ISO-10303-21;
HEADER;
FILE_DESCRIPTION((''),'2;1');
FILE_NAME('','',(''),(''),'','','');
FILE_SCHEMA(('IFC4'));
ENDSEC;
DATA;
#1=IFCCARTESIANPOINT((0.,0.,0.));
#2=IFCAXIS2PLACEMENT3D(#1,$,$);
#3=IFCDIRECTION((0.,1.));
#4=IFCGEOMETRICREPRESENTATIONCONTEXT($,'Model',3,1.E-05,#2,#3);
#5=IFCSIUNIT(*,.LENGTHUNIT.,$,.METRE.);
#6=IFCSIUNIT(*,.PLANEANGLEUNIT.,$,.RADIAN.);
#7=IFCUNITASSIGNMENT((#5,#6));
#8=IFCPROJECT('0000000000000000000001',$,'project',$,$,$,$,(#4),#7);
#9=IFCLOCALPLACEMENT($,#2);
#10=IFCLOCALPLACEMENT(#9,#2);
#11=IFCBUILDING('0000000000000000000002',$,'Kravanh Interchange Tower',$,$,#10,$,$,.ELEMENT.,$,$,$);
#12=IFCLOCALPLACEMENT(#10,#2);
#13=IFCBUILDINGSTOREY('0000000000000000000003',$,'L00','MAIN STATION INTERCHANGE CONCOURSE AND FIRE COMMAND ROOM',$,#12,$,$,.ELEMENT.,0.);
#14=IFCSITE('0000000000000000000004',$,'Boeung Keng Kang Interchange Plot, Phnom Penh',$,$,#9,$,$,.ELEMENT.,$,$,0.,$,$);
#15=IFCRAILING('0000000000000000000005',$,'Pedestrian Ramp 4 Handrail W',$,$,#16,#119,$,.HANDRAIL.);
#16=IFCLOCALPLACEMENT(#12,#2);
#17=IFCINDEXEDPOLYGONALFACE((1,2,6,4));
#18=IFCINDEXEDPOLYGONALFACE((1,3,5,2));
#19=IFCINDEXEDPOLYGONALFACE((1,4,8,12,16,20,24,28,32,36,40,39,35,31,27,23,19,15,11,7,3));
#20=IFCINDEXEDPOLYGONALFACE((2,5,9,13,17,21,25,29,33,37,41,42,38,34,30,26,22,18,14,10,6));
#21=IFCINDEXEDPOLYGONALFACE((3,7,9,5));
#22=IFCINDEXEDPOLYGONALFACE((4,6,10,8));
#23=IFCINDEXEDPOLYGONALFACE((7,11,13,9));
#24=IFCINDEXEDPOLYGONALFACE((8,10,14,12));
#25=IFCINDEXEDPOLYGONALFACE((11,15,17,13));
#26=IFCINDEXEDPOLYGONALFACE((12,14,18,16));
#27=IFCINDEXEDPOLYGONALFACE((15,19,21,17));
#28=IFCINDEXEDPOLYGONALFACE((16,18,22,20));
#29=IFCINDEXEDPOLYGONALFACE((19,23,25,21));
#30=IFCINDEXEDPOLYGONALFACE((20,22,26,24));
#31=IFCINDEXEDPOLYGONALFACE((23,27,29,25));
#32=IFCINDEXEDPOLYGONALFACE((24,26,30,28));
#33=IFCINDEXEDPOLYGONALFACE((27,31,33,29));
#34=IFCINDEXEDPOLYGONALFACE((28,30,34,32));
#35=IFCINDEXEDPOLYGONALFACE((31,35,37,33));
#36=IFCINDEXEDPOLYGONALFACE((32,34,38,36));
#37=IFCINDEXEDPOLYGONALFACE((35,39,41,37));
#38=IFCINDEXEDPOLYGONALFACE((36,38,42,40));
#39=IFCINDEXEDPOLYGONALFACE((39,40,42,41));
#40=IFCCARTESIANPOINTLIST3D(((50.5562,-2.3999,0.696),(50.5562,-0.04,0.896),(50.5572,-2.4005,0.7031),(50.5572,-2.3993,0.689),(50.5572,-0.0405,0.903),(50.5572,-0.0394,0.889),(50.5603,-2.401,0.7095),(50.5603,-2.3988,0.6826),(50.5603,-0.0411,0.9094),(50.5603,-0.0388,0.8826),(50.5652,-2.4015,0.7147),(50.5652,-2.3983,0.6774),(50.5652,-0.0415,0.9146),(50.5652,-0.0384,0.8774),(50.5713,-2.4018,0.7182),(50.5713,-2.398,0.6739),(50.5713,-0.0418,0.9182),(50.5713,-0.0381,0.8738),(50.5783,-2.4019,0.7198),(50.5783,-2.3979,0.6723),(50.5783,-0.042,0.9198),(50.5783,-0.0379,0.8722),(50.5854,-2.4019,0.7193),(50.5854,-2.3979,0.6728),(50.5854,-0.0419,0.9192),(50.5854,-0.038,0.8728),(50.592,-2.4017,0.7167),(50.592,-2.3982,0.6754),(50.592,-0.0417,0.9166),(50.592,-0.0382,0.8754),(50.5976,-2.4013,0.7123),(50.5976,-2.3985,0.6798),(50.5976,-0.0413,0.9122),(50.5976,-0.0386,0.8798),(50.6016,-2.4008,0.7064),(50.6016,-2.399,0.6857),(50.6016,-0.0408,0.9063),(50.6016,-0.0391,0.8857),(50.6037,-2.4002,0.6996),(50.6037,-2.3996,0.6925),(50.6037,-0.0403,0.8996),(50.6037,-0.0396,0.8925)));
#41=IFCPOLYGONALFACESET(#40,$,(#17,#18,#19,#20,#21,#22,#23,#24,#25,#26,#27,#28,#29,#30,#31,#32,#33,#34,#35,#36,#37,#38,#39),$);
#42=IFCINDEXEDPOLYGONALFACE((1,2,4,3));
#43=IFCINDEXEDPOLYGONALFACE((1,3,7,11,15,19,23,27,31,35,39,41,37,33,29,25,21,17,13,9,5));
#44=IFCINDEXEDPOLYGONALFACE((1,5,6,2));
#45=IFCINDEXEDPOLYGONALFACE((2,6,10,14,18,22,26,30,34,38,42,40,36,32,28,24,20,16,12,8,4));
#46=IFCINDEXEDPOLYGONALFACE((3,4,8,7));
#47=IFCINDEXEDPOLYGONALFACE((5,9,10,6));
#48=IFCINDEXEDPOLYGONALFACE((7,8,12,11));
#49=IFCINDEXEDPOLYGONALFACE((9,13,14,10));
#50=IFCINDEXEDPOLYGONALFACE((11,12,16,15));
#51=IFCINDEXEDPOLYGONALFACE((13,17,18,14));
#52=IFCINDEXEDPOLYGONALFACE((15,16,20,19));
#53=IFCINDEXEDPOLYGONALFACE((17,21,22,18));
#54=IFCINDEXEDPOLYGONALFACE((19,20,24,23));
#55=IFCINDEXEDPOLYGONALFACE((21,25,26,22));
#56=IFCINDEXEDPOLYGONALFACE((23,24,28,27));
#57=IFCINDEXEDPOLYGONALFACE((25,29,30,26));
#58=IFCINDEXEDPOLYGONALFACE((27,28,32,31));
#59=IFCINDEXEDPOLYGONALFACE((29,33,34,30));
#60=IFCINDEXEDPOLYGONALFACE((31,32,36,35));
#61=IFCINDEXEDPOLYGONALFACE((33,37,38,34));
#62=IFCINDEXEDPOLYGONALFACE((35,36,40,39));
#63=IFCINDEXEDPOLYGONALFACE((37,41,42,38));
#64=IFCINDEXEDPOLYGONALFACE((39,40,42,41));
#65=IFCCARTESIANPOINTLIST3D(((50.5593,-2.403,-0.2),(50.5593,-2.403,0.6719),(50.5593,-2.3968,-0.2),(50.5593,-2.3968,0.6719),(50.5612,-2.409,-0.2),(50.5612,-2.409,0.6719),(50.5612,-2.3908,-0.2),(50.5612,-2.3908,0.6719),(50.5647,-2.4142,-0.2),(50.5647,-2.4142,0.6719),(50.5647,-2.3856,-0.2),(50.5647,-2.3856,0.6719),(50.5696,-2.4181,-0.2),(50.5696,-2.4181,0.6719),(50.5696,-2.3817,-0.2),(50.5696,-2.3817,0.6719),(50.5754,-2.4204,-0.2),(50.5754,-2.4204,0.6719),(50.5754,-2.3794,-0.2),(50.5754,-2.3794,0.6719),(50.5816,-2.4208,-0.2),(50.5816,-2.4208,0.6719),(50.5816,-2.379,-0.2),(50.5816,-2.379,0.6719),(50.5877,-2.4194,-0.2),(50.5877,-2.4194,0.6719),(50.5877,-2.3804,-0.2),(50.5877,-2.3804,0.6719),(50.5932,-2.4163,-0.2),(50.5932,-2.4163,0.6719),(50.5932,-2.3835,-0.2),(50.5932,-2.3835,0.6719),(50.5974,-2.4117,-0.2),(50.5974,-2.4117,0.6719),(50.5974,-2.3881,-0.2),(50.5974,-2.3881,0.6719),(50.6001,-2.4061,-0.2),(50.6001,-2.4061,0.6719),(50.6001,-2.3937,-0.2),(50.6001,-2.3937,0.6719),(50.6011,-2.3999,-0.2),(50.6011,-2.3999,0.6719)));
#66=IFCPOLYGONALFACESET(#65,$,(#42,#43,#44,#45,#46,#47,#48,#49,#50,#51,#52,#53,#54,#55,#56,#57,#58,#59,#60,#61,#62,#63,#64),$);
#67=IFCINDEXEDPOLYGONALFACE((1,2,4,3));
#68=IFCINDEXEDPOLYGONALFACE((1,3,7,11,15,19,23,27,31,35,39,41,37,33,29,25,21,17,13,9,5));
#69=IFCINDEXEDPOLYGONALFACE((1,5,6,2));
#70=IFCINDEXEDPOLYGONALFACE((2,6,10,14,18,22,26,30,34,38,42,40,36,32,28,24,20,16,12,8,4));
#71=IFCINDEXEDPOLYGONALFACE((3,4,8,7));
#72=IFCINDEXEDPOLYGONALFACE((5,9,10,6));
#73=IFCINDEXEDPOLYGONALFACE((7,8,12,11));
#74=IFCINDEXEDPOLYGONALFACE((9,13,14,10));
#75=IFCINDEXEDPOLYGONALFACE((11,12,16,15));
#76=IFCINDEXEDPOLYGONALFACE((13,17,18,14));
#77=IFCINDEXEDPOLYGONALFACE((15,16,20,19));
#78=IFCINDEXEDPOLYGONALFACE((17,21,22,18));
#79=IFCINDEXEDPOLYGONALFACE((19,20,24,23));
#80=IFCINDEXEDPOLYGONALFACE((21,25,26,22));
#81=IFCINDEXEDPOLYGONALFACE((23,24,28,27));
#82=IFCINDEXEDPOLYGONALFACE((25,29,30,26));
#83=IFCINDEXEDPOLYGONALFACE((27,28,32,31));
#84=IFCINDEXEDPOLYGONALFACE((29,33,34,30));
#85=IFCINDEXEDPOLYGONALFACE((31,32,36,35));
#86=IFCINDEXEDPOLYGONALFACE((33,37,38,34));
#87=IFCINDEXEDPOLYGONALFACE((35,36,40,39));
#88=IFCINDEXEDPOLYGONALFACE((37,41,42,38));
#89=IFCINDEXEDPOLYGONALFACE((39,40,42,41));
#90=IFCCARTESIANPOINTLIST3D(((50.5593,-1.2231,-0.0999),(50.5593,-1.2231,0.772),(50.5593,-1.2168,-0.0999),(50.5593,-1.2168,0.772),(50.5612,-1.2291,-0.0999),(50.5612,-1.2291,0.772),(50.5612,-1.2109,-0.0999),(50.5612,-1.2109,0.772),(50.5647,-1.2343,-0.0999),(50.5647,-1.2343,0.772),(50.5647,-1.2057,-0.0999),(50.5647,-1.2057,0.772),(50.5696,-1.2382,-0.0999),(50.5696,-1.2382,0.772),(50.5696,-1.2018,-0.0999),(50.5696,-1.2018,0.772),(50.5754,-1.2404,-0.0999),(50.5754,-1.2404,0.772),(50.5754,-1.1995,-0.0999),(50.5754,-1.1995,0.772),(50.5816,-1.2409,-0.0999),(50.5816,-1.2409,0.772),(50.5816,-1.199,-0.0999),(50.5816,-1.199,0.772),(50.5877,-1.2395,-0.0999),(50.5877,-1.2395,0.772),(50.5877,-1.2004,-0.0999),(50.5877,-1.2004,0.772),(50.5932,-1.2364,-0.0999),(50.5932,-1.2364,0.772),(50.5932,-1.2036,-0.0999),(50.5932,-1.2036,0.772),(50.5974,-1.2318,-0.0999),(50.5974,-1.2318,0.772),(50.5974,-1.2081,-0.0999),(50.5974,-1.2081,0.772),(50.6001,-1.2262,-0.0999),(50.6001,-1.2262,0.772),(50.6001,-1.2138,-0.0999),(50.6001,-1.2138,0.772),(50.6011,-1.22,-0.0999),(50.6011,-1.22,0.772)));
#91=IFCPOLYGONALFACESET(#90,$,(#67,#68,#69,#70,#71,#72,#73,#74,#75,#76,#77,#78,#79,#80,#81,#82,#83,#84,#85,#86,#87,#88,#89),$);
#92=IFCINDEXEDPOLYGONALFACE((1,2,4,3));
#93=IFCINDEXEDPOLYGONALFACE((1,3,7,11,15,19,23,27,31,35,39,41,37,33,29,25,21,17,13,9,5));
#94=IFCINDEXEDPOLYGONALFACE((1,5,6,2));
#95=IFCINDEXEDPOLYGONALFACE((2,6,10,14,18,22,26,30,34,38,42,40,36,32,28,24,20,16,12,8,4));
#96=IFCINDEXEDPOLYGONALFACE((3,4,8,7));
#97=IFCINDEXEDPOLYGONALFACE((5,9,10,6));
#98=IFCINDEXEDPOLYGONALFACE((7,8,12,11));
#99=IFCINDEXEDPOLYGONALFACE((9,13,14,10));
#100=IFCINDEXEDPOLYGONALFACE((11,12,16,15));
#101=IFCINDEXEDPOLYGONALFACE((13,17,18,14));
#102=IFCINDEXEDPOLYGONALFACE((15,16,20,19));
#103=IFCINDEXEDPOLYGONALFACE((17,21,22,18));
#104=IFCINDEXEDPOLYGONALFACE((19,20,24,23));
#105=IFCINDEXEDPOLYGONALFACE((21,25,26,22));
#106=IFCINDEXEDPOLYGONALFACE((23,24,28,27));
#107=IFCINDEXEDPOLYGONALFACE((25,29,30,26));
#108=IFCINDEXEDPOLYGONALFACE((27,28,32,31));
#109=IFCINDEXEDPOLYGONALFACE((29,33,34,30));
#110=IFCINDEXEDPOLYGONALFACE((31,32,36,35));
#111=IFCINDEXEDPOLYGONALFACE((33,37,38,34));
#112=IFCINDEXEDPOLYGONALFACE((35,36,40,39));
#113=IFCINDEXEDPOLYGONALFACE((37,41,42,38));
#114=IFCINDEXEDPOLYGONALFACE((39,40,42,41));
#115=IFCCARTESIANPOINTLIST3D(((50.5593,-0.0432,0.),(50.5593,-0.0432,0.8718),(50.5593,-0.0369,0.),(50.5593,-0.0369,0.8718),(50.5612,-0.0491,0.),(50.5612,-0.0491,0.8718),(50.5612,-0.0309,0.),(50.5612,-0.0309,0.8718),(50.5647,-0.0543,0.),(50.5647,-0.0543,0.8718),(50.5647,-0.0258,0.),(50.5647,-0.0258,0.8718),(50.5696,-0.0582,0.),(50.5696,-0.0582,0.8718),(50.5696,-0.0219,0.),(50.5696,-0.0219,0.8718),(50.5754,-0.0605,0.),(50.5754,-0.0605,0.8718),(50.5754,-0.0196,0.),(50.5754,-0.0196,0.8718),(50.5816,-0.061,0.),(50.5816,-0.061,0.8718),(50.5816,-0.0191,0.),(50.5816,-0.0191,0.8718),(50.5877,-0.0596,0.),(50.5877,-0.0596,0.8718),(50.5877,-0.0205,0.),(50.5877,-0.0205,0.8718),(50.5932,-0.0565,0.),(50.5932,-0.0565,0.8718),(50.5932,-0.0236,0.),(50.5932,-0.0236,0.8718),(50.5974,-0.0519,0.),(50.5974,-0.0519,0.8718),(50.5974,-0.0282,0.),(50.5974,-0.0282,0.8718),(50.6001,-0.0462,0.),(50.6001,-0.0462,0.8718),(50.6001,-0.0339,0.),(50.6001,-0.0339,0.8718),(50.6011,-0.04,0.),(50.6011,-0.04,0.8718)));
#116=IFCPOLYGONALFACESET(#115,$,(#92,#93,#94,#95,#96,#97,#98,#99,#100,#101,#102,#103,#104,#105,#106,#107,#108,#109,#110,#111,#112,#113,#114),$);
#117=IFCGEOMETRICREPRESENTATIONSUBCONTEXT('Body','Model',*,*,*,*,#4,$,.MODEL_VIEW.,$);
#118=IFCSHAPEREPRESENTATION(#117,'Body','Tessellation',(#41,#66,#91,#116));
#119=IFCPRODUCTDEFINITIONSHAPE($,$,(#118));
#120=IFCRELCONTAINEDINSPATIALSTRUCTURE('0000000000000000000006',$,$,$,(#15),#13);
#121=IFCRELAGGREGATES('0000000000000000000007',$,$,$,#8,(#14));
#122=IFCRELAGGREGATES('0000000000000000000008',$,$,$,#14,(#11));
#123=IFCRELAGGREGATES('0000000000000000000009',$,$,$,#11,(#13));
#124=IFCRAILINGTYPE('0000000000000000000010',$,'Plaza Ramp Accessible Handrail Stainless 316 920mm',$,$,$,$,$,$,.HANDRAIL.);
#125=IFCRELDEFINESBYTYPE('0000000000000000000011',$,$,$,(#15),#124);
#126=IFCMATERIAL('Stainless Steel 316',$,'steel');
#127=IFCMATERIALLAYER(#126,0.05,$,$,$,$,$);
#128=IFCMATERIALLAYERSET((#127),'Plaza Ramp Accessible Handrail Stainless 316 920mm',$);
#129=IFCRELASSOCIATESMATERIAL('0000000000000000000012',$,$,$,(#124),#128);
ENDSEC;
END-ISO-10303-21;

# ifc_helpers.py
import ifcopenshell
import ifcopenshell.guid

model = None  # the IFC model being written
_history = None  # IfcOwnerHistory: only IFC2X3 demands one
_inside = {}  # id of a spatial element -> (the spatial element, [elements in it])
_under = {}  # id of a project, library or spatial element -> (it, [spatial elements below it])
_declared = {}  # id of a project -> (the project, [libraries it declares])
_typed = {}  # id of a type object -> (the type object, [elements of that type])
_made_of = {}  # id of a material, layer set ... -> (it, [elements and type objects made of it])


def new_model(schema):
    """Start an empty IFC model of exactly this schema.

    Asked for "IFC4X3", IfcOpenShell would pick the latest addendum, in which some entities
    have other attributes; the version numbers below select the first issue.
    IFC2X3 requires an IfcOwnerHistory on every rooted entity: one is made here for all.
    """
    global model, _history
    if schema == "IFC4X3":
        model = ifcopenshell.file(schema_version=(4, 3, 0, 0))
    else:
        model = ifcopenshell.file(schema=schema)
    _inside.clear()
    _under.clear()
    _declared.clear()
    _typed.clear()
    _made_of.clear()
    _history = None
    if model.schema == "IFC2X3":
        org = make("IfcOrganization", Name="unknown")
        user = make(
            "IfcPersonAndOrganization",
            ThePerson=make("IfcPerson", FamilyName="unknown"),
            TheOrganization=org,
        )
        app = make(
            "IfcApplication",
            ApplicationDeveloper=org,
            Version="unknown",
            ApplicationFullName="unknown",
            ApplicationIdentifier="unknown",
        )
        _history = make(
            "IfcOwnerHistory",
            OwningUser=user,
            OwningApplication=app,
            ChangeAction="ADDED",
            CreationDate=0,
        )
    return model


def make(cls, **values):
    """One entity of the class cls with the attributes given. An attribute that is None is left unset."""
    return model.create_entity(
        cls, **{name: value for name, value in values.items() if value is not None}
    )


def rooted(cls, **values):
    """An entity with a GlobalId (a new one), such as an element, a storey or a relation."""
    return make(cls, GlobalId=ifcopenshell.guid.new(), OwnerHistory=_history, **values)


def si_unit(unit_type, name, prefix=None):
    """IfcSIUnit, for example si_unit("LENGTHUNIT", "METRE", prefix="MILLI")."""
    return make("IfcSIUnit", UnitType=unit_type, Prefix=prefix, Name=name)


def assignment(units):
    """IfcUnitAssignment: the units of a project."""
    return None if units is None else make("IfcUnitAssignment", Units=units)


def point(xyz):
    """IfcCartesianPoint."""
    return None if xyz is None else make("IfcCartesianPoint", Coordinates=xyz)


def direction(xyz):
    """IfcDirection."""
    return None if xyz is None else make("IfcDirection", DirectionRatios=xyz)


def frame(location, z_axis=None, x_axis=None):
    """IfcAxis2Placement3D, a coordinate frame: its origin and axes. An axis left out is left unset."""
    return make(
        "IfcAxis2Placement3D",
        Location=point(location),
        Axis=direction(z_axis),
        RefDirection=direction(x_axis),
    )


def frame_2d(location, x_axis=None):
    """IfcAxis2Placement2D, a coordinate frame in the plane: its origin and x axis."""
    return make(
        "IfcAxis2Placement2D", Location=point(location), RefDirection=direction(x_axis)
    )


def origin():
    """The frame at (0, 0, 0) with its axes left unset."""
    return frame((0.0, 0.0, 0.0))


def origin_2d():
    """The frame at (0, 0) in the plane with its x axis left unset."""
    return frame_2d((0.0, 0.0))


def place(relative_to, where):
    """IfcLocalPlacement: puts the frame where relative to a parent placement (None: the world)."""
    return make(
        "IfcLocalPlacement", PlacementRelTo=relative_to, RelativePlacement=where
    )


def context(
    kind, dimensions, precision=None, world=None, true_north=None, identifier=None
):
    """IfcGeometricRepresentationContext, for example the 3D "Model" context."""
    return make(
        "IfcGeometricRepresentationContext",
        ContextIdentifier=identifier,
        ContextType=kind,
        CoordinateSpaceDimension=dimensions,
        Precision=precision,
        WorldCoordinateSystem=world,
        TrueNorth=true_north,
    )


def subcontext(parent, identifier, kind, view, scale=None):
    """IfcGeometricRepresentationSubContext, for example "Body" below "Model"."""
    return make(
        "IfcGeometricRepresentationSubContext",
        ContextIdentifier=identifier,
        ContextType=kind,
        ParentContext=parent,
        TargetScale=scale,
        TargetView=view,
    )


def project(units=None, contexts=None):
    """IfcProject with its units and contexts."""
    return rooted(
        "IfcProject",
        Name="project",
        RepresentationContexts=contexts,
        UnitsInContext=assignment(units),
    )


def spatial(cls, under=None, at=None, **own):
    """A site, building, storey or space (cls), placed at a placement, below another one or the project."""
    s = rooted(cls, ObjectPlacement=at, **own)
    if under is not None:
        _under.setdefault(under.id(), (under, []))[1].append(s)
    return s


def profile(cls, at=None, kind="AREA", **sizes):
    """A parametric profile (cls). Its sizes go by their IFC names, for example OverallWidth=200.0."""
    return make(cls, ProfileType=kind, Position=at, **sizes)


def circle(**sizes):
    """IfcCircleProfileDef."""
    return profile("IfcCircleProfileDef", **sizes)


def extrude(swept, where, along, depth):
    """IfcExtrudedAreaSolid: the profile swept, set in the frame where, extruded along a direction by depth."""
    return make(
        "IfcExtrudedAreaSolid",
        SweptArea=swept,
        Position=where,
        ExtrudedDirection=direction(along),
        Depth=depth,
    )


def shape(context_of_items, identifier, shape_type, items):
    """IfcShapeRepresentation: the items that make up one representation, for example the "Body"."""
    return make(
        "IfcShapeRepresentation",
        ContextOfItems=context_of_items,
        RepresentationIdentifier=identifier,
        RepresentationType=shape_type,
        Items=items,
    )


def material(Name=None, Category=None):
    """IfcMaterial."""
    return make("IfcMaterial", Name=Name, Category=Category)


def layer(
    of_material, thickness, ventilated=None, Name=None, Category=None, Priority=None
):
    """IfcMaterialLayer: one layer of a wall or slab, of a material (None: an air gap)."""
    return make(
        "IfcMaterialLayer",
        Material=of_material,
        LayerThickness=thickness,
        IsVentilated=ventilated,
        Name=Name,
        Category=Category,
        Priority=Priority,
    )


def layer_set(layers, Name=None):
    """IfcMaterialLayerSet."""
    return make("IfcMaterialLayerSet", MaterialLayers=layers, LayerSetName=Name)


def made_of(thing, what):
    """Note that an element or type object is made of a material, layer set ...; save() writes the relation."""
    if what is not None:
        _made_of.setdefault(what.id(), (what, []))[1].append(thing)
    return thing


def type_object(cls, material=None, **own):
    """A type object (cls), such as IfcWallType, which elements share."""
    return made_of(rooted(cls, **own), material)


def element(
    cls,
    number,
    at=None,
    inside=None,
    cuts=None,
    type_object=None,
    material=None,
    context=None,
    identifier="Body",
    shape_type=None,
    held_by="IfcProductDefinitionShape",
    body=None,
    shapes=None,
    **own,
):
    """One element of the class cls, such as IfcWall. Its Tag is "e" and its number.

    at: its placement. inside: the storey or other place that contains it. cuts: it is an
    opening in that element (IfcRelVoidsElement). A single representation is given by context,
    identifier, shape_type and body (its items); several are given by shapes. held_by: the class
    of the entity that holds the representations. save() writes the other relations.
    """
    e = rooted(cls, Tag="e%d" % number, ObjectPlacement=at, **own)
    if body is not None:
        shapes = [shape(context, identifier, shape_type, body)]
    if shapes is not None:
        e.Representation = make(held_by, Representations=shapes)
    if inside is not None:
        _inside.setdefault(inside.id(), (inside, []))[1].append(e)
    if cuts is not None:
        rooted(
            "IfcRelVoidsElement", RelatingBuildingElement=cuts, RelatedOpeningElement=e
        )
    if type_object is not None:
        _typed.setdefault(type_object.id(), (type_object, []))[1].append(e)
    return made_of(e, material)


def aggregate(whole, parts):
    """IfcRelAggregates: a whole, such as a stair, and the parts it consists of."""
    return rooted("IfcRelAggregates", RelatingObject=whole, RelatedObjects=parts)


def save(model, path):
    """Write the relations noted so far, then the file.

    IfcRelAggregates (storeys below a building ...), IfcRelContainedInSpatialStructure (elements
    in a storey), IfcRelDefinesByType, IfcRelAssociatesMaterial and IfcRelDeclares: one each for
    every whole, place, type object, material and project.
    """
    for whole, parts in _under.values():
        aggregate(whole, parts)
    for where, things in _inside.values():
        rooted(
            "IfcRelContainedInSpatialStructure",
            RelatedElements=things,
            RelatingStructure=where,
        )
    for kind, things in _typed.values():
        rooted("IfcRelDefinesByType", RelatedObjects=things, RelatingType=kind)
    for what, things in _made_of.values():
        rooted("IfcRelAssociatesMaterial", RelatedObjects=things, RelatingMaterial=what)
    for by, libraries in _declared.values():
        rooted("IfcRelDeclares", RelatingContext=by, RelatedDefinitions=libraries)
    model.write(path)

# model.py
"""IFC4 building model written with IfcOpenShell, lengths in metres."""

from ifc_helpers import new_model, si_unit, direction, frame, origin, origin_2d, place, context, subcontext, project, spatial, circle, extrude, material, layer, layer_set, type_object, element, save


model = new_model("IFC4")

# Units and contexts
model_context = context("Model", 3, precision=1e-05, world=origin(), true_north=direction((0.0, 1.0)))
body_context = subcontext(model_context, "Body", "Model", "MODEL_VIEW")
ifc_project = project(units=[si_unit("LENGTHUNIT", "METRE"), si_unit("PLANEANGLEUNIT", "RADIAN")], contexts=[model_context])

# Site, building, storey
site_placement = place(None, origin())
site = spatial("IfcSite", under=ifc_project, at=site_placement, Name="Boeung Keng Kang Interchange Plot, Phnom Penh", CompositionType="ELEMENT", RefElevation=0.0)
building_placement = place(site_placement, origin())
building = spatial("IfcBuilding", under=site, at=building_placement, Name="Kravanh Interchange Tower", CompositionType="ELEMENT")
storey_placement = place(building_placement, origin())
storey = spatial("IfcBuildingStorey", under=building, at=storey_placement, Name="L00", Description="MAIN STATION INTERCHANGE CONCOURSE AND FIRE COMMAND ROOM", CompositionType="ELEMENT", Elevation=0.0)

# Railing
ifc_material_1 = material(Name="Stainless Steel 316", Category="steel")
ifc_layer_1 = layer(ifc_material_1, 0.05)
ifc_layer_set_1 = layer_set([ifc_layer_1], Name="Plaza Ramp Accessible Handrail Stainless 316 920mm")
railing_type = type_object("IfcRailingType", Name="Plaza Ramp Accessible Handrail Stainless 316 920mm", PredefinedType="HANDRAIL", material=ifc_layer_set_1)
for number, where, name in (
    (1, (50.5801, -2.3999, -0.2), "Pedestrian Ramp 4 Handrail W"),
):
    element("IfcRailing", number, at=place(storey_placement, frame(where)), inside=storey, type_object=railing_type, Name=name, PredefinedType="HANDRAIL", context=body_context, shape_type="SweptSolid", body=[
        extrude(circle(Radius=0.0239, at=origin_2d()), frame((0.0, 0.0, 0.896), z_axis=(0.0, 0.99643, 0.084427), x_axis=(-1.0, 0.0, 0.0)), (0.0, 0.0, 1.0), 2.3684),
        extrude(circle(Radius=0.021, at=origin_2d()), origin(), (0.0, 0.0, 1.0), 0.8718),
        extrude(circle(Radius=0.021, at=origin_2d()), frame((0.0, 1.1799, 0.1001)), (0.0, 0.0, 1.0), 0.8718),
        extrude(circle(Radius=0.021, at=origin_2d()), frame((0.0, 2.3599, 0.2)), (0.0, 0.0, 1.0), 0.8718),
    ])

save(model, "model.ifc")
